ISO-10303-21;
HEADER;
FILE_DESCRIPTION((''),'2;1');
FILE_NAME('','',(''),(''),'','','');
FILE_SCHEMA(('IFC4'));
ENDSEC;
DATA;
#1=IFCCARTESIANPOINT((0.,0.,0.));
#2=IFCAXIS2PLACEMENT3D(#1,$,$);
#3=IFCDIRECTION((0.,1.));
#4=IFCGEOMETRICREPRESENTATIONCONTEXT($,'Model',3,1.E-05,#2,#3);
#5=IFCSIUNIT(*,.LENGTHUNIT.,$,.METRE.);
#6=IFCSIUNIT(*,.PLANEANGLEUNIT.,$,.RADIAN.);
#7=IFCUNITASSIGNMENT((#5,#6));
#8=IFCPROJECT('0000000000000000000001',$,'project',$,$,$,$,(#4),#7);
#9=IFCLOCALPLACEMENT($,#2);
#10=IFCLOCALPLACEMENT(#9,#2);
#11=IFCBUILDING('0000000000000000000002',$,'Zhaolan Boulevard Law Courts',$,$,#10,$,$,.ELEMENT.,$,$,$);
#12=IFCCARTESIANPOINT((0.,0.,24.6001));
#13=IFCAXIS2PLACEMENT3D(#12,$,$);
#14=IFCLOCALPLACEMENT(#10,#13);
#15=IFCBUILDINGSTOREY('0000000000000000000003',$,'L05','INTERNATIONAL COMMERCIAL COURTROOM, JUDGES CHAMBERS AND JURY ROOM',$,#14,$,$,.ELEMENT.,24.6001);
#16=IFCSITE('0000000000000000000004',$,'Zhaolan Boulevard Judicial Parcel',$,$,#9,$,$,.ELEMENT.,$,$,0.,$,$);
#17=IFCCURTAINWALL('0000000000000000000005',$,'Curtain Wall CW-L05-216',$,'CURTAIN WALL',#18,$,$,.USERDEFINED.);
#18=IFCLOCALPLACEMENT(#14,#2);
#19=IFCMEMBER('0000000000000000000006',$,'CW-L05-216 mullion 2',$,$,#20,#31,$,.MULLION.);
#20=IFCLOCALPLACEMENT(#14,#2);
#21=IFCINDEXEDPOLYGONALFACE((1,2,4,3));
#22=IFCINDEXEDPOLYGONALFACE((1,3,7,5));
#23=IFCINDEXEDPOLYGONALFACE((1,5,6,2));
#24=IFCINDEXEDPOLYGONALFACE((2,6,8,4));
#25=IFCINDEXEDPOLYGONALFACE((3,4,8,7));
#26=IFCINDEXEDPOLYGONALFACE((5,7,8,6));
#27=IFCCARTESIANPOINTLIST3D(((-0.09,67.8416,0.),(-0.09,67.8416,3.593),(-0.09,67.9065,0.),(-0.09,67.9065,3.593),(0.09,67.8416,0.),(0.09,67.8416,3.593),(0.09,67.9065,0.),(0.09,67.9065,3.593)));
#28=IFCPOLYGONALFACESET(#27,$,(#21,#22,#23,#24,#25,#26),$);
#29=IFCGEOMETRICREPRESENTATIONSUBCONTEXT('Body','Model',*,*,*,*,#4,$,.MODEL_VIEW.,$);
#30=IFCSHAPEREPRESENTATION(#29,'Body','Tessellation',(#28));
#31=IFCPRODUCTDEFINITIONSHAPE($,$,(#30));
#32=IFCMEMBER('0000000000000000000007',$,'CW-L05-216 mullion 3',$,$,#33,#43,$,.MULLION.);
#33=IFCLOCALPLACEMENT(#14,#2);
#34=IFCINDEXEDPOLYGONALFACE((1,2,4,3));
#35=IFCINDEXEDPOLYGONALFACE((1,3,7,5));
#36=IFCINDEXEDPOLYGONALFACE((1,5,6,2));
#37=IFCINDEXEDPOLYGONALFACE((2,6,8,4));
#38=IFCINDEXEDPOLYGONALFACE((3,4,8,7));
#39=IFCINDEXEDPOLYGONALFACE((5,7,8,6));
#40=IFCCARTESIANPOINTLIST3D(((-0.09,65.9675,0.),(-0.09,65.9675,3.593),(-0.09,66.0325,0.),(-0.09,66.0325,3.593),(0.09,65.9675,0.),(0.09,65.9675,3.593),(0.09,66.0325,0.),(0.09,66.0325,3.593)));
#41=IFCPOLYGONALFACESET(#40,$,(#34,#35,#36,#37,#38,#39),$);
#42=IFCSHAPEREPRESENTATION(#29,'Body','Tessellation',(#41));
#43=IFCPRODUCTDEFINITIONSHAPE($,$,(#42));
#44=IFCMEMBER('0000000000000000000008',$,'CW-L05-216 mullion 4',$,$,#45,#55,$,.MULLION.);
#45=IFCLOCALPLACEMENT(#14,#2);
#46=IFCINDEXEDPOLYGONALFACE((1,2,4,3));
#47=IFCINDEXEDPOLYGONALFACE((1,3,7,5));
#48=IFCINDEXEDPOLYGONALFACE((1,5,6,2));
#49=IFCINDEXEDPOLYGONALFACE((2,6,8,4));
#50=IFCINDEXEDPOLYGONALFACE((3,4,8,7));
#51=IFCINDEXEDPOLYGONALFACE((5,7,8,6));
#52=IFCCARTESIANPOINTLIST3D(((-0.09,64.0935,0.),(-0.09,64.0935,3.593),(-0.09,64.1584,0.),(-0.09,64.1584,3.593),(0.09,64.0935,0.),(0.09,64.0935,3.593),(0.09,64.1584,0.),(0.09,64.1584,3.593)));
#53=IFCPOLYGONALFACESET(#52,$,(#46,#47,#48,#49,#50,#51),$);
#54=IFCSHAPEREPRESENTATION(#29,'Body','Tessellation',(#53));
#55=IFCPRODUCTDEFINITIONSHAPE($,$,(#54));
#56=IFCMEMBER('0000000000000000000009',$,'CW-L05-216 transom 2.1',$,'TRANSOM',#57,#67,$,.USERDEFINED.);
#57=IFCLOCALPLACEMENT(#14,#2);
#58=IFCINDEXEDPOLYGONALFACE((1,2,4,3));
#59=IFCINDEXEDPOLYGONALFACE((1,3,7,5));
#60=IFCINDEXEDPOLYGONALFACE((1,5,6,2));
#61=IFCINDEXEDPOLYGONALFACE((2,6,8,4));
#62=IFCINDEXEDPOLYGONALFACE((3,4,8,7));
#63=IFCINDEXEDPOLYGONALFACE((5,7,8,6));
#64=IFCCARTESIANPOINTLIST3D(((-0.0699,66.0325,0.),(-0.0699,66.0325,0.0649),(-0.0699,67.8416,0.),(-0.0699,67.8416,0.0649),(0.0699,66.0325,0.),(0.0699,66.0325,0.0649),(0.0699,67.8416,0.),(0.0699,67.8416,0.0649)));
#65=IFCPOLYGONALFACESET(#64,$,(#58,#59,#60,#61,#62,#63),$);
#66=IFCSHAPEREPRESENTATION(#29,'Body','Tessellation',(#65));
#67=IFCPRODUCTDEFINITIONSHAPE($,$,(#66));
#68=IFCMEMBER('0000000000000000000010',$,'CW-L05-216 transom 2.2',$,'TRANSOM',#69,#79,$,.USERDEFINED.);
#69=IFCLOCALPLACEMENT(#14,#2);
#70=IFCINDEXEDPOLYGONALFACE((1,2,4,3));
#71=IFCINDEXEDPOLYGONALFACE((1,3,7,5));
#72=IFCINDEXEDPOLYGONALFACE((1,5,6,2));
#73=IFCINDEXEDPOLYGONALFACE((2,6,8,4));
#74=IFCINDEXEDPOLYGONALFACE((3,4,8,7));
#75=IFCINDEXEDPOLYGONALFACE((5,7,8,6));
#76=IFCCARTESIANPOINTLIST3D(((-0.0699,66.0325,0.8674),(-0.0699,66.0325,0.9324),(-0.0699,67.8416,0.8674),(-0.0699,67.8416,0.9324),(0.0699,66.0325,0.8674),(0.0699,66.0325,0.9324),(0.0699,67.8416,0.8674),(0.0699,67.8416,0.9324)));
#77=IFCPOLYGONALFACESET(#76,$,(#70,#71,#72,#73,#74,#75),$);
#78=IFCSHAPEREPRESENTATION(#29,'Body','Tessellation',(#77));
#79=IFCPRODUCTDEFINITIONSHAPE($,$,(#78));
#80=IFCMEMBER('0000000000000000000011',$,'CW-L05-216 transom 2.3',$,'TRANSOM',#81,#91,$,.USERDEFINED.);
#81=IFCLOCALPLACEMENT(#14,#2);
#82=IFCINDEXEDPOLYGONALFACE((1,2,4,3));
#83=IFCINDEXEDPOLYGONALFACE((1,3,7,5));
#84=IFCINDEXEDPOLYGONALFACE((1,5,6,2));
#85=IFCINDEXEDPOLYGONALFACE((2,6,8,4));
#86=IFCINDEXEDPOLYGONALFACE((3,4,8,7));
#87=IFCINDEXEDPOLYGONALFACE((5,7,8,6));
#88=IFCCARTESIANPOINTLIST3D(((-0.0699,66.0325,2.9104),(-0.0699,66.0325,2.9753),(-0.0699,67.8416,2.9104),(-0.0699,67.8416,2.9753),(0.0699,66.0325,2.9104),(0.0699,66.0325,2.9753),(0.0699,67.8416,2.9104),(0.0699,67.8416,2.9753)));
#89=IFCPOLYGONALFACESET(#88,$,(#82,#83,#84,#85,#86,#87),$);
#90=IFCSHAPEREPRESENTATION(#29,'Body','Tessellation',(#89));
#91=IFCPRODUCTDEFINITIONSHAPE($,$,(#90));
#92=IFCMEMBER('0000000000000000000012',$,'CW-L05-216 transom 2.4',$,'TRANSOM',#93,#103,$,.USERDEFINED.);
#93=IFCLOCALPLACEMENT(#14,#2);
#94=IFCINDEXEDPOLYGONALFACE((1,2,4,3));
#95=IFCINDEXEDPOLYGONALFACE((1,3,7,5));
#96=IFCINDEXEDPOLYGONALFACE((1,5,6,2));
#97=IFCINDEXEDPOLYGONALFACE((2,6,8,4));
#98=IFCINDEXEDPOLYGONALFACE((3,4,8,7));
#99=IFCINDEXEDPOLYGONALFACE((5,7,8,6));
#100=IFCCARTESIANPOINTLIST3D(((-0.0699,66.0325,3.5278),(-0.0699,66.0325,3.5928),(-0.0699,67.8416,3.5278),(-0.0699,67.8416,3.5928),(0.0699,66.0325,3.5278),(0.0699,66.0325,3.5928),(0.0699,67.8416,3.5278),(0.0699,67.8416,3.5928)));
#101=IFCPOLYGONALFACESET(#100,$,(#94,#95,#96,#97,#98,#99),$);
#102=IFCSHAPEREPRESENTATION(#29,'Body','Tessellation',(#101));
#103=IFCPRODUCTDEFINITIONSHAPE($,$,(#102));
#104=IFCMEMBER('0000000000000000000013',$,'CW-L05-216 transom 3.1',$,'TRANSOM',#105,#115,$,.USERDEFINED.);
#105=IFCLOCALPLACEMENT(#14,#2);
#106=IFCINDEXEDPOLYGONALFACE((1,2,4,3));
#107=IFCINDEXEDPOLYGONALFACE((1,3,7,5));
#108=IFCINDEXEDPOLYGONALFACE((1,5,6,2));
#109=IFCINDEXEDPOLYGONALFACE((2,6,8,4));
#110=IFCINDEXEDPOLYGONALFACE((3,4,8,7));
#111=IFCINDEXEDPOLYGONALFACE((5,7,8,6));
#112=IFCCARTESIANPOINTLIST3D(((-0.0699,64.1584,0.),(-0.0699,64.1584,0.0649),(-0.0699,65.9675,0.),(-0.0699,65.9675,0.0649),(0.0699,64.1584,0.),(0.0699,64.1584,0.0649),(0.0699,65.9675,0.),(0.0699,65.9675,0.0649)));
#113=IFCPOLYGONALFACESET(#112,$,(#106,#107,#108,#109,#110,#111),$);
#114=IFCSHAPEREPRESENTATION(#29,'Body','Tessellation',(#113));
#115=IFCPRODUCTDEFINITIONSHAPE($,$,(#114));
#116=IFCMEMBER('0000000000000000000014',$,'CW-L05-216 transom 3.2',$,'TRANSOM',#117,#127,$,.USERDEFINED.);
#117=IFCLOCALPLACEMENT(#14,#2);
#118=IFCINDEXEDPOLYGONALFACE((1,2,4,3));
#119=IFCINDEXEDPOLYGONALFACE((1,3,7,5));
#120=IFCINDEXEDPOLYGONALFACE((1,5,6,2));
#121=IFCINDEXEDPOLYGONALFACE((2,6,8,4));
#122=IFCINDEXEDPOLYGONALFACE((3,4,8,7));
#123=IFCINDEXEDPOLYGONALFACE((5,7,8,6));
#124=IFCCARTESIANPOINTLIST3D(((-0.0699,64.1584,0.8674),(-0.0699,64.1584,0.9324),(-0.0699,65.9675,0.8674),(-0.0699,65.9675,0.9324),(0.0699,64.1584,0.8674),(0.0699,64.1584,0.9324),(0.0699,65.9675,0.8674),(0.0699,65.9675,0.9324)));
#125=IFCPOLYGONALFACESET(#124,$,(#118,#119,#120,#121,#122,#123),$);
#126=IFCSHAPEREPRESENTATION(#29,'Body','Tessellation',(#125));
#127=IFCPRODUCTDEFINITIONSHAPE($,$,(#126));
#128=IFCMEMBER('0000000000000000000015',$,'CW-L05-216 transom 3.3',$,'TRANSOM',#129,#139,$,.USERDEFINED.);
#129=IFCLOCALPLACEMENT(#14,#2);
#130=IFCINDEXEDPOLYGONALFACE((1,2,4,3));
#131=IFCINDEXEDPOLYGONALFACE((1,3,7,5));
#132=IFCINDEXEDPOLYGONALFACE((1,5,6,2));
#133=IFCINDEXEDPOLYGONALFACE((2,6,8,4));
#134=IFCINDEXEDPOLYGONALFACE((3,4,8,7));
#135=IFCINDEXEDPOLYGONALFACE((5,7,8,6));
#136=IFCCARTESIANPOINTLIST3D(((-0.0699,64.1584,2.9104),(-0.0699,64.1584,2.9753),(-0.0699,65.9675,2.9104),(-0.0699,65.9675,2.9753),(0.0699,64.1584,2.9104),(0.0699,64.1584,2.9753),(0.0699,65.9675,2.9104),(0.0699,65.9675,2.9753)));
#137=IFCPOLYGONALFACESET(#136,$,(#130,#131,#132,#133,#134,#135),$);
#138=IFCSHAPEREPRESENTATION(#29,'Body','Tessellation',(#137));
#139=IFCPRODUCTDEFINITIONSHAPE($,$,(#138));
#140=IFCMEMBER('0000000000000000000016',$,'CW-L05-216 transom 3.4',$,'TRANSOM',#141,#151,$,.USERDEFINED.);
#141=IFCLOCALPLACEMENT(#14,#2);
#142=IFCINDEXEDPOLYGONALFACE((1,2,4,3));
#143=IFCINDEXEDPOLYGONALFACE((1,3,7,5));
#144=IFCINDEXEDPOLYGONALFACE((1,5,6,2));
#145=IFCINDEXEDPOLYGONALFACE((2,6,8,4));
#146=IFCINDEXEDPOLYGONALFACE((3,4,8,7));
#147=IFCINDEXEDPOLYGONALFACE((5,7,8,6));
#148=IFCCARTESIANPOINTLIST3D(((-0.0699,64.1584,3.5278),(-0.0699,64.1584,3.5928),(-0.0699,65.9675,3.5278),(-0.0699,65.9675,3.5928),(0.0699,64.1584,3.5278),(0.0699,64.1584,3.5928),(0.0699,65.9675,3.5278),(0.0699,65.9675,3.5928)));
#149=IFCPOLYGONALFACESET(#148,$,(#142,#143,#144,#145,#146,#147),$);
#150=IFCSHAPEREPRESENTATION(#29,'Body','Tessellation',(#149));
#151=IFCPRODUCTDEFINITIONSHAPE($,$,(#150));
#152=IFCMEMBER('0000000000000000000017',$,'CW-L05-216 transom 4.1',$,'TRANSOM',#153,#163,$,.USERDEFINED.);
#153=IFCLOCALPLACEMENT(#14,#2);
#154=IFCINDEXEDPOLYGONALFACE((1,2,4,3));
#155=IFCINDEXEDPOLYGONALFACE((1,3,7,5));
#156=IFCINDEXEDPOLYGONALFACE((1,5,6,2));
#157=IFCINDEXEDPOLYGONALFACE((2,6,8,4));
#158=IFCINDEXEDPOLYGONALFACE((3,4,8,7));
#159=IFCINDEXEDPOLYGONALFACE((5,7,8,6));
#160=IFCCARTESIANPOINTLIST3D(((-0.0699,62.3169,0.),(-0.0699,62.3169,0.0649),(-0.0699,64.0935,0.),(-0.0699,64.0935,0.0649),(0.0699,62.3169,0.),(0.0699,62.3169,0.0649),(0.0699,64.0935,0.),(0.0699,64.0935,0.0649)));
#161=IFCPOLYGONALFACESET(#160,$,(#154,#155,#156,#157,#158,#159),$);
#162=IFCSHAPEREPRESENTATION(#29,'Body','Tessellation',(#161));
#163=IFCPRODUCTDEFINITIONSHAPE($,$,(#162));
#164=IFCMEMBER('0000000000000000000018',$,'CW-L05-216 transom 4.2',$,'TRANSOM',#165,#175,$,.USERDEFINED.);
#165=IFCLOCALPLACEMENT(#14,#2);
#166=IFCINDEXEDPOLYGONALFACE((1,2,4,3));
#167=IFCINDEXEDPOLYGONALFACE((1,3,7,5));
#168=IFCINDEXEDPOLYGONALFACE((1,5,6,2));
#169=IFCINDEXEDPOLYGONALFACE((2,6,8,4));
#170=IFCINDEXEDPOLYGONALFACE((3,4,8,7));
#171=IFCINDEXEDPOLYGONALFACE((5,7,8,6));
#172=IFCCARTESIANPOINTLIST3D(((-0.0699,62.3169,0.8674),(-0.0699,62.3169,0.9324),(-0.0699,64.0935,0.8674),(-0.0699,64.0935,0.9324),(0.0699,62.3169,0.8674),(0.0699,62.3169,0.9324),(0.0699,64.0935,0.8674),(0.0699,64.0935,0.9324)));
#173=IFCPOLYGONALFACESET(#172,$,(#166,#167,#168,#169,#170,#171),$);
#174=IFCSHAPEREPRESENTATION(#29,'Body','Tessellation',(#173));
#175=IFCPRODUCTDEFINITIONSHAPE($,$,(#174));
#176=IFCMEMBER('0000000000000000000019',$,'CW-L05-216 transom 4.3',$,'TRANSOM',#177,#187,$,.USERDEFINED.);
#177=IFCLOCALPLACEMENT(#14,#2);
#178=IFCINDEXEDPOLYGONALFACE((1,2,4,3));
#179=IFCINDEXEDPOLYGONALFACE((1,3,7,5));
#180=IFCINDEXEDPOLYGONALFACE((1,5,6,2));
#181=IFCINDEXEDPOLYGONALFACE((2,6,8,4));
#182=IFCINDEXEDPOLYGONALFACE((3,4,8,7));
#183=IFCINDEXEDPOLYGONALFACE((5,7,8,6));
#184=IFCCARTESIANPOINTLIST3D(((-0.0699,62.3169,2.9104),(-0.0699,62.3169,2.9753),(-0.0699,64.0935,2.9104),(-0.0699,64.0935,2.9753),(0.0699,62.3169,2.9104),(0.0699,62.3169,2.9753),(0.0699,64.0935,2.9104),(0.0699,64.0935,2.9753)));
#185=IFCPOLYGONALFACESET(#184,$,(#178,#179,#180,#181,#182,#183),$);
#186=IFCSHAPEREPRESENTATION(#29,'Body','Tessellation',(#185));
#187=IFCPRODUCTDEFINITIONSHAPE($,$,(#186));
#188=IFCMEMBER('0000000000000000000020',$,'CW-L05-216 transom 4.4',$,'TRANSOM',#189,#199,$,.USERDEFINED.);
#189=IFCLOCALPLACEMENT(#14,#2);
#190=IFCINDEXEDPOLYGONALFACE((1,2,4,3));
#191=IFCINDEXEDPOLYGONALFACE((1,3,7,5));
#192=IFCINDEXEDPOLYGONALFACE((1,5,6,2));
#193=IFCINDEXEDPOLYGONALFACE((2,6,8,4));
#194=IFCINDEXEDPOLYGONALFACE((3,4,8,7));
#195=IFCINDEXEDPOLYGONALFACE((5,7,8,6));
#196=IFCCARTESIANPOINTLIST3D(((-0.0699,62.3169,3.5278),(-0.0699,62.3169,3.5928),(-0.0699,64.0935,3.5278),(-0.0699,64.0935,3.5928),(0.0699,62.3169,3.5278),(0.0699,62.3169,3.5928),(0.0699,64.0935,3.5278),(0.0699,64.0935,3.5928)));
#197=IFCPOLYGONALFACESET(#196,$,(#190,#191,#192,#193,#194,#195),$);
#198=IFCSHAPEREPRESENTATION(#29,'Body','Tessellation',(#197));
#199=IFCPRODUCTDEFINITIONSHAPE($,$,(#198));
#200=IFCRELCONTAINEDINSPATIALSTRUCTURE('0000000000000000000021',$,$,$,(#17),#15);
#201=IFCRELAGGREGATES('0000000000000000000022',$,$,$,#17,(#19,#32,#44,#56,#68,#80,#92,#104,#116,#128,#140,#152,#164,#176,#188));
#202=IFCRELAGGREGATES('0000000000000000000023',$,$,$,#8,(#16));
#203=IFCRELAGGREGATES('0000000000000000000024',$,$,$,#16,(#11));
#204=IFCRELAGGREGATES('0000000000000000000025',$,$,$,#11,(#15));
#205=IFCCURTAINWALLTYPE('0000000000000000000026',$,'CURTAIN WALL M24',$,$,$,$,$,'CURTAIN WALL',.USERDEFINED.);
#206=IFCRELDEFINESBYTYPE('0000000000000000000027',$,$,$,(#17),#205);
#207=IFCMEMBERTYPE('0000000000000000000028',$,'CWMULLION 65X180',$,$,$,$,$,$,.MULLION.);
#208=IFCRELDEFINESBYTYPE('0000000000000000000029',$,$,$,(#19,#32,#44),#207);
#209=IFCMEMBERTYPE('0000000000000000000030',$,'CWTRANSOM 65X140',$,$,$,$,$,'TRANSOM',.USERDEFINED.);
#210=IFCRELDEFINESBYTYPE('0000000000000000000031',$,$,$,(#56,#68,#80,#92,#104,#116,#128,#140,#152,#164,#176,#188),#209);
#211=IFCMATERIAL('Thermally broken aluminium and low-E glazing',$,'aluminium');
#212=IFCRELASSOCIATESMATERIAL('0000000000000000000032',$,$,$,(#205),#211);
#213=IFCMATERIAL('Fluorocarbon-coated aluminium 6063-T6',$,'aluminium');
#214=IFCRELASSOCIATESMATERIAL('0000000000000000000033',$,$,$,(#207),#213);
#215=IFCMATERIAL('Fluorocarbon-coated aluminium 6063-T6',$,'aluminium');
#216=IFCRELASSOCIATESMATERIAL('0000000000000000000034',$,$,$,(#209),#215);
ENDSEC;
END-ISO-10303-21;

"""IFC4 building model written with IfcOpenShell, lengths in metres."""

from ifc_helpers import new_model, si_unit, direction, frame, origin, origin_2d, place, context, subcontext, project, spatial, rectangle, extrude, material, material_profile, profile_set, type_object, element, aggregate, save


model = new_model("IFC4")

# Units and contexts
model_context = context("Model", 3, precision=1e-05, world=origin(), true_north=direction((0.0, 1.0)))
body_context = subcontext(model_context, "Body", "Model", "MODEL_VIEW")
ifc_project = project(units=[si_unit("LENGTHUNIT", "METRE"), si_unit("PLANEANGLEUNIT", "RADIAN")], contexts=[model_context])

# Site, building, storey
site_placement = place(None, origin())
site = spatial("IfcSite", under=ifc_project, at=site_placement, Name="Zhaolan Boulevard Judicial Parcel", CompositionType="ELEMENT", RefElevation=0.0)
building_placement = place(site_placement, origin())
building = spatial("IfcBuilding", under=site, at=building_placement, Name="Zhaolan Boulevard Law Courts", CompositionType="ELEMENT")
storey_placement = place(building_placement, frame((0.0, 0.0, 24.6001)))
storey = spatial("IfcBuildingStorey", under=building, at=storey_placement, Name="L05", Description="INTERNATIONAL COMMERCIAL COURTROOM, JUDGES CHAMBERS AND JURY ROOM", CompositionType="ELEMENT", Elevation=24.6001)

# Curtain wall, members
ifc_material_1 = material(Name="Thermally broken aluminium and low-E glazing", Category="aluminium")
curtain_wall_type = type_object("IfcCurtainWallType", Name="CURTAIN WALL M24", ElementType="CURTAIN WALL", PredefinedType="USERDEFINED", material=ifc_material_1)
curtain_wall_placement = place(storey_placement, origin())
curtain_wall = element("IfcCurtainWall", 1, at=curtain_wall_placement, inside=storey, type_object=curtain_wall_type, Name="Curtain Wall CW-L05-216", ObjectType="CURTAIN WALL", PredefinedType="USERDEFINED")
ifc_material_2 = material(Name="Fluorocarbon-coated aluminium 6063-T6", Category="aluminium")
ifc_material_profile_1 = material_profile(ifc_material_2, rectangle(XDim=0.1799, YDim=0.0649, at=origin_2d()), Name="AL65x180")
ifc_profile_set_1 = profile_set([ifc_material_profile_1], Name="Fluorocarbon-coated aluminium 6063-T6")
member_type_1 = type_object("IfcMemberType", Name="CWMULLION 65X180", PredefinedType="MULLION", material=ifc_profile_set_1)
member_1_placement = place(storey_placement, frame((0.0, 67.874, 0.0), z_axis=(0.0, 0.0, 1.0), x_axis=(1.0, 0.0, 0.0)))
member_1 = element("IfcMember", 2, at=member_1_placement, type_object=member_type_1, Name="CW-L05-216 mullion 2", PredefinedType="MULLION", context=body_context, shape_type="SweptSolid", body=[
    extrude(rectangle(XDim=0.1799, YDim=0.0649, at=origin_2d()), origin(), (0.0, 0.0, 1.0), 3.593),
])
member_2_placement = place(storey_placement, frame((0.0, 66.0, 0.0), z_axis=(0.0, 0.0, 1.0), x_axis=(1.0, 0.0, 0.0)))
member_2 = element("IfcMember", 3, at=member_2_placement, type_object=member_type_1, Name="CW-L05-216 mullion 3", PredefinedType="MULLION", context=body_context, shape_type="SweptSolid", body=[
    extrude(rectangle(XDim=0.1799, YDim=0.0649, at=origin_2d()), origin(), (0.0, 0.0, 1.0), 3.593),
])
member_3_placement = place(storey_placement, frame((0.0, 64.126, 0.0), z_axis=(0.0, 0.0, 1.0), x_axis=(1.0, 0.0, 0.0)))
member_3 = element("IfcMember", 4, at=member_3_placement, type_object=member_type_1, Name="CW-L05-216 mullion 4", PredefinedType="MULLION", context=body_context, shape_type="SweptSolid", body=[
    extrude(rectangle(XDim=0.1799, YDim=0.0649, at=origin_2d()), origin(), (0.0, 0.0, 1.0), 3.593),
])
ifc_material_3 = material(Name="Fluorocarbon-coated aluminium 6063-T6", Category="aluminium")
ifc_material_profile_2 = material_profile(ifc_material_3, rectangle(XDim=0.1399, YDim=0.0649, at=origin_2d()), Name="AL65x140")
ifc_profile_set_2 = profile_set([ifc_material_profile_2], Name="Fluorocarbon-coated aluminium 6063-T6")
member_type_2 = type_object("IfcMemberType", Name="CWTRANSOM 65X140", ElementType="TRANSOM", PredefinedType="USERDEFINED", material=ifc_profile_set_2)
member_4_placement = place(storey_placement, frame((0.0, 67.8416, 0.0325), z_axis=(0.0, -1.0, 0.0), x_axis=(1.0, 0.0, 0.0)))
member_4 = element("IfcMember", 5, at=member_4_placement, type_object=member_type_2, Name="CW-L05-216 transom 2.1", ObjectType="TRANSOM", PredefinedType="USERDEFINED", context=body_context, shape_type="SweptSolid", body=[
    extrude(rectangle(XDim=0.1399, YDim=0.0649, at=origin_2d()), origin(), (0.0, 0.0, 1.0), 1.8091),
])
member_5_placement = place(storey_placement, frame((0.0, 67.8416, 0.8999), z_axis=(0.0, -1.0, 0.0), x_axis=(1.0, 0.0, 0.0)))
member_5 = element("IfcMember", 6, at=member_5_placement, type_object=member_type_2, Name="CW-L05-216 transom 2.2", ObjectType="TRANSOM", PredefinedType="USERDEFINED", context=body_context, shape_type="SweptSolid", body=[
    extrude(rectangle(XDim=0.1399, YDim=0.0649, at=origin_2d()), origin(), (0.0, 0.0, 1.0), 1.8091),
])
member_6_placement = place(storey_placement, frame((0.0, 67.8416, 2.9429), z_axis=(0.0, -1.0, 0.0), x_axis=(1.0, 0.0, 0.0)))
member_6 = element("IfcMember", 7, at=member_6_placement, type_object=member_type_2, Name="CW-L05-216 transom 2.3", ObjectType="TRANSOM", PredefinedType="USERDEFINED", context=body_context, shape_type="SweptSolid", body=[
    extrude(rectangle(XDim=0.1399, YDim=0.0649, at=origin_2d()), origin(), (0.0, 0.0, 1.0), 1.8091),
])
member_7_placement = place(storey_placement, frame((0.0, 67.8416, 3.5603), z_axis=(0.0, -1.0, 0.0), x_axis=(1.0, 0.0, 0.0)))
member_7 = element("IfcMember", 8, at=member_7_placement, type_object=member_type_2, Name="CW-L05-216 transom 2.4", ObjectType="TRANSOM", PredefinedType="USERDEFINED", context=body_context, shape_type="SweptSolid", body=[
    extrude(rectangle(XDim=0.1399, YDim=0.0649, at=origin_2d()), origin(), (0.0, 0.0, 1.0), 1.8091),
])
member_8_placement = place(storey_placement, frame((0.0, 65.9675, 0.0325), z_axis=(0.0, -1.0, 0.0), x_axis=(1.0, 0.0, 0.0)))
member_8 = element("IfcMember", 9, at=member_8_placement, type_object=member_type_2, Name="CW-L05-216 transom 3.1", ObjectType="TRANSOM", PredefinedType="USERDEFINED", context=body_context, shape_type="SweptSolid", body=[
    extrude(rectangle(XDim=0.1399, YDim=0.0649, at=origin_2d()), origin(), (0.0, 0.0, 1.0), 1.8091),
])
member_9_placement = place(storey_placement, frame((0.0, 65.9675, 0.8999), z_axis=(0.0, -1.0, 0.0), x_axis=(1.0, 0.0, 0.0)))
member_9 = element("IfcMember", 10, at=member_9_placement, type_object=member_type_2, Name="CW-L05-216 transom 3.2", ObjectType="TRANSOM", PredefinedType="USERDEFINED", context=body_context, shape_type="SweptSolid", body=[
    extrude(rectangle(XDim=0.1399, YDim=0.0649, at=origin_2d()), origin(), (0.0, 0.0, 1.0), 1.8091),
])
member_10_placement = place(storey_placement, frame((0.0, 65.9675, 2.9429), z_axis=(0.0, -1.0, 0.0), x_axis=(1.0, 0.0, 0.0)))
member_10 = element("IfcMember", 11, at=member_10_placement, type_object=member_type_2, Name="CW-L05-216 transom 3.3", ObjectType="TRANSOM", PredefinedType="USERDEFINED", context=body_context, shape_type="SweptSolid", body=[
    extrude(rectangle(XDim=0.1399, YDim=0.0649, at=origin_2d()), origin(), (0.0, 0.0, 1.0), 1.8091),
])
member_11_placement = place(storey_placement, frame((0.0, 65.9675, 3.5603), z_axis=(0.0, -1.0, 0.0), x_axis=(1.0, 0.0, 0.0)))
member_11 = element("IfcMember", 12, at=member_11_placement, type_object=member_type_2, Name="CW-L05-216 transom 3.4", ObjectType="TRANSOM", PredefinedType="USERDEFINED", context=body_context, shape_type="SweptSolid", body=[
    extrude(rectangle(XDim=0.1399, YDim=0.0649, at=origin_2d()), origin(), (0.0, 0.0, 1.0), 1.8091),
])
member_12_placement = place(storey_placement, frame((0.0, 64.0935, 0.0325), z_axis=(0.0, -1.0, 0.0), x_axis=(1.0, 0.0, 0.0)))
member_12 = element("IfcMember", 13, at=member_12_placement, type_object=member_type_2, Name="CW-L05-216 transom 4.1", ObjectType="TRANSOM", PredefinedType="USERDEFINED", context=body_context, shape_type="SweptSolid", body=[
    extrude(rectangle(XDim=0.1399, YDim=0.0649, at=origin_2d()), origin(), (0.0, 0.0, 1.0), 1.7766),
])
member_13_placement = place(storey_placement, frame((0.0, 64.0935, 0.8999), z_axis=(0.0, -1.0, 0.0), x_axis=(1.0, 0.0, 0.0)))
member_13 = element("IfcMember", 14, at=member_13_placement, type_object=member_type_2, Name="CW-L05-216 transom 4.2", ObjectType="TRANSOM", PredefinedType="USERDEFINED", context=body_context, shape_type="SweptSolid", body=[
    extrude(rectangle(XDim=0.1399, YDim=0.0649, at=origin_2d()), origin(), (0.0, 0.0, 1.0), 1.7766),
])
member_14_placement = place(storey_placement, frame((0.0, 64.0935, 2.9429), z_axis=(0.0, -1.0, 0.0), x_axis=(1.0, 0.0, 0.0)))
member_14 = element("IfcMember", 15, at=member_14_placement, type_object=member_type_2, Name="CW-L05-216 transom 4.3", ObjectType="TRANSOM", PredefinedType="USERDEFINED", context=body_context, shape_type="SweptSolid", body=[
    extrude(rectangle(XDim=0.1399, YDim=0.0649, at=origin_2d()), origin(), (0.0, 0.0, 1.0), 1.7766),
])
member_15_placement = place(storey_placement, frame((0.0, 64.0935, 3.5603), z_axis=(0.0, -1.0, 0.0), x_axis=(1.0, 0.0, 0.0)))
member_15 = element("IfcMember", 16, at=member_15_placement, type_object=member_type_2, Name="CW-L05-216 transom 4.4", ObjectType="TRANSOM", PredefinedType="USERDEFINED", context=body_context, shape_type="SweptSolid", body=[
    extrude(rectangle(XDim=0.1399, YDim=0.0649, at=origin_2d()), origin(), (0.0, 0.0, 1.0), 1.7766),
])
aggregate(curtain_wall, [member_1, member_2, member_3, member_4, member_5, member_6, member_7, member_8, member_9, member_10, member_11, member_12, member_13, member_14, member_15])

save(model, "model.ifc")
